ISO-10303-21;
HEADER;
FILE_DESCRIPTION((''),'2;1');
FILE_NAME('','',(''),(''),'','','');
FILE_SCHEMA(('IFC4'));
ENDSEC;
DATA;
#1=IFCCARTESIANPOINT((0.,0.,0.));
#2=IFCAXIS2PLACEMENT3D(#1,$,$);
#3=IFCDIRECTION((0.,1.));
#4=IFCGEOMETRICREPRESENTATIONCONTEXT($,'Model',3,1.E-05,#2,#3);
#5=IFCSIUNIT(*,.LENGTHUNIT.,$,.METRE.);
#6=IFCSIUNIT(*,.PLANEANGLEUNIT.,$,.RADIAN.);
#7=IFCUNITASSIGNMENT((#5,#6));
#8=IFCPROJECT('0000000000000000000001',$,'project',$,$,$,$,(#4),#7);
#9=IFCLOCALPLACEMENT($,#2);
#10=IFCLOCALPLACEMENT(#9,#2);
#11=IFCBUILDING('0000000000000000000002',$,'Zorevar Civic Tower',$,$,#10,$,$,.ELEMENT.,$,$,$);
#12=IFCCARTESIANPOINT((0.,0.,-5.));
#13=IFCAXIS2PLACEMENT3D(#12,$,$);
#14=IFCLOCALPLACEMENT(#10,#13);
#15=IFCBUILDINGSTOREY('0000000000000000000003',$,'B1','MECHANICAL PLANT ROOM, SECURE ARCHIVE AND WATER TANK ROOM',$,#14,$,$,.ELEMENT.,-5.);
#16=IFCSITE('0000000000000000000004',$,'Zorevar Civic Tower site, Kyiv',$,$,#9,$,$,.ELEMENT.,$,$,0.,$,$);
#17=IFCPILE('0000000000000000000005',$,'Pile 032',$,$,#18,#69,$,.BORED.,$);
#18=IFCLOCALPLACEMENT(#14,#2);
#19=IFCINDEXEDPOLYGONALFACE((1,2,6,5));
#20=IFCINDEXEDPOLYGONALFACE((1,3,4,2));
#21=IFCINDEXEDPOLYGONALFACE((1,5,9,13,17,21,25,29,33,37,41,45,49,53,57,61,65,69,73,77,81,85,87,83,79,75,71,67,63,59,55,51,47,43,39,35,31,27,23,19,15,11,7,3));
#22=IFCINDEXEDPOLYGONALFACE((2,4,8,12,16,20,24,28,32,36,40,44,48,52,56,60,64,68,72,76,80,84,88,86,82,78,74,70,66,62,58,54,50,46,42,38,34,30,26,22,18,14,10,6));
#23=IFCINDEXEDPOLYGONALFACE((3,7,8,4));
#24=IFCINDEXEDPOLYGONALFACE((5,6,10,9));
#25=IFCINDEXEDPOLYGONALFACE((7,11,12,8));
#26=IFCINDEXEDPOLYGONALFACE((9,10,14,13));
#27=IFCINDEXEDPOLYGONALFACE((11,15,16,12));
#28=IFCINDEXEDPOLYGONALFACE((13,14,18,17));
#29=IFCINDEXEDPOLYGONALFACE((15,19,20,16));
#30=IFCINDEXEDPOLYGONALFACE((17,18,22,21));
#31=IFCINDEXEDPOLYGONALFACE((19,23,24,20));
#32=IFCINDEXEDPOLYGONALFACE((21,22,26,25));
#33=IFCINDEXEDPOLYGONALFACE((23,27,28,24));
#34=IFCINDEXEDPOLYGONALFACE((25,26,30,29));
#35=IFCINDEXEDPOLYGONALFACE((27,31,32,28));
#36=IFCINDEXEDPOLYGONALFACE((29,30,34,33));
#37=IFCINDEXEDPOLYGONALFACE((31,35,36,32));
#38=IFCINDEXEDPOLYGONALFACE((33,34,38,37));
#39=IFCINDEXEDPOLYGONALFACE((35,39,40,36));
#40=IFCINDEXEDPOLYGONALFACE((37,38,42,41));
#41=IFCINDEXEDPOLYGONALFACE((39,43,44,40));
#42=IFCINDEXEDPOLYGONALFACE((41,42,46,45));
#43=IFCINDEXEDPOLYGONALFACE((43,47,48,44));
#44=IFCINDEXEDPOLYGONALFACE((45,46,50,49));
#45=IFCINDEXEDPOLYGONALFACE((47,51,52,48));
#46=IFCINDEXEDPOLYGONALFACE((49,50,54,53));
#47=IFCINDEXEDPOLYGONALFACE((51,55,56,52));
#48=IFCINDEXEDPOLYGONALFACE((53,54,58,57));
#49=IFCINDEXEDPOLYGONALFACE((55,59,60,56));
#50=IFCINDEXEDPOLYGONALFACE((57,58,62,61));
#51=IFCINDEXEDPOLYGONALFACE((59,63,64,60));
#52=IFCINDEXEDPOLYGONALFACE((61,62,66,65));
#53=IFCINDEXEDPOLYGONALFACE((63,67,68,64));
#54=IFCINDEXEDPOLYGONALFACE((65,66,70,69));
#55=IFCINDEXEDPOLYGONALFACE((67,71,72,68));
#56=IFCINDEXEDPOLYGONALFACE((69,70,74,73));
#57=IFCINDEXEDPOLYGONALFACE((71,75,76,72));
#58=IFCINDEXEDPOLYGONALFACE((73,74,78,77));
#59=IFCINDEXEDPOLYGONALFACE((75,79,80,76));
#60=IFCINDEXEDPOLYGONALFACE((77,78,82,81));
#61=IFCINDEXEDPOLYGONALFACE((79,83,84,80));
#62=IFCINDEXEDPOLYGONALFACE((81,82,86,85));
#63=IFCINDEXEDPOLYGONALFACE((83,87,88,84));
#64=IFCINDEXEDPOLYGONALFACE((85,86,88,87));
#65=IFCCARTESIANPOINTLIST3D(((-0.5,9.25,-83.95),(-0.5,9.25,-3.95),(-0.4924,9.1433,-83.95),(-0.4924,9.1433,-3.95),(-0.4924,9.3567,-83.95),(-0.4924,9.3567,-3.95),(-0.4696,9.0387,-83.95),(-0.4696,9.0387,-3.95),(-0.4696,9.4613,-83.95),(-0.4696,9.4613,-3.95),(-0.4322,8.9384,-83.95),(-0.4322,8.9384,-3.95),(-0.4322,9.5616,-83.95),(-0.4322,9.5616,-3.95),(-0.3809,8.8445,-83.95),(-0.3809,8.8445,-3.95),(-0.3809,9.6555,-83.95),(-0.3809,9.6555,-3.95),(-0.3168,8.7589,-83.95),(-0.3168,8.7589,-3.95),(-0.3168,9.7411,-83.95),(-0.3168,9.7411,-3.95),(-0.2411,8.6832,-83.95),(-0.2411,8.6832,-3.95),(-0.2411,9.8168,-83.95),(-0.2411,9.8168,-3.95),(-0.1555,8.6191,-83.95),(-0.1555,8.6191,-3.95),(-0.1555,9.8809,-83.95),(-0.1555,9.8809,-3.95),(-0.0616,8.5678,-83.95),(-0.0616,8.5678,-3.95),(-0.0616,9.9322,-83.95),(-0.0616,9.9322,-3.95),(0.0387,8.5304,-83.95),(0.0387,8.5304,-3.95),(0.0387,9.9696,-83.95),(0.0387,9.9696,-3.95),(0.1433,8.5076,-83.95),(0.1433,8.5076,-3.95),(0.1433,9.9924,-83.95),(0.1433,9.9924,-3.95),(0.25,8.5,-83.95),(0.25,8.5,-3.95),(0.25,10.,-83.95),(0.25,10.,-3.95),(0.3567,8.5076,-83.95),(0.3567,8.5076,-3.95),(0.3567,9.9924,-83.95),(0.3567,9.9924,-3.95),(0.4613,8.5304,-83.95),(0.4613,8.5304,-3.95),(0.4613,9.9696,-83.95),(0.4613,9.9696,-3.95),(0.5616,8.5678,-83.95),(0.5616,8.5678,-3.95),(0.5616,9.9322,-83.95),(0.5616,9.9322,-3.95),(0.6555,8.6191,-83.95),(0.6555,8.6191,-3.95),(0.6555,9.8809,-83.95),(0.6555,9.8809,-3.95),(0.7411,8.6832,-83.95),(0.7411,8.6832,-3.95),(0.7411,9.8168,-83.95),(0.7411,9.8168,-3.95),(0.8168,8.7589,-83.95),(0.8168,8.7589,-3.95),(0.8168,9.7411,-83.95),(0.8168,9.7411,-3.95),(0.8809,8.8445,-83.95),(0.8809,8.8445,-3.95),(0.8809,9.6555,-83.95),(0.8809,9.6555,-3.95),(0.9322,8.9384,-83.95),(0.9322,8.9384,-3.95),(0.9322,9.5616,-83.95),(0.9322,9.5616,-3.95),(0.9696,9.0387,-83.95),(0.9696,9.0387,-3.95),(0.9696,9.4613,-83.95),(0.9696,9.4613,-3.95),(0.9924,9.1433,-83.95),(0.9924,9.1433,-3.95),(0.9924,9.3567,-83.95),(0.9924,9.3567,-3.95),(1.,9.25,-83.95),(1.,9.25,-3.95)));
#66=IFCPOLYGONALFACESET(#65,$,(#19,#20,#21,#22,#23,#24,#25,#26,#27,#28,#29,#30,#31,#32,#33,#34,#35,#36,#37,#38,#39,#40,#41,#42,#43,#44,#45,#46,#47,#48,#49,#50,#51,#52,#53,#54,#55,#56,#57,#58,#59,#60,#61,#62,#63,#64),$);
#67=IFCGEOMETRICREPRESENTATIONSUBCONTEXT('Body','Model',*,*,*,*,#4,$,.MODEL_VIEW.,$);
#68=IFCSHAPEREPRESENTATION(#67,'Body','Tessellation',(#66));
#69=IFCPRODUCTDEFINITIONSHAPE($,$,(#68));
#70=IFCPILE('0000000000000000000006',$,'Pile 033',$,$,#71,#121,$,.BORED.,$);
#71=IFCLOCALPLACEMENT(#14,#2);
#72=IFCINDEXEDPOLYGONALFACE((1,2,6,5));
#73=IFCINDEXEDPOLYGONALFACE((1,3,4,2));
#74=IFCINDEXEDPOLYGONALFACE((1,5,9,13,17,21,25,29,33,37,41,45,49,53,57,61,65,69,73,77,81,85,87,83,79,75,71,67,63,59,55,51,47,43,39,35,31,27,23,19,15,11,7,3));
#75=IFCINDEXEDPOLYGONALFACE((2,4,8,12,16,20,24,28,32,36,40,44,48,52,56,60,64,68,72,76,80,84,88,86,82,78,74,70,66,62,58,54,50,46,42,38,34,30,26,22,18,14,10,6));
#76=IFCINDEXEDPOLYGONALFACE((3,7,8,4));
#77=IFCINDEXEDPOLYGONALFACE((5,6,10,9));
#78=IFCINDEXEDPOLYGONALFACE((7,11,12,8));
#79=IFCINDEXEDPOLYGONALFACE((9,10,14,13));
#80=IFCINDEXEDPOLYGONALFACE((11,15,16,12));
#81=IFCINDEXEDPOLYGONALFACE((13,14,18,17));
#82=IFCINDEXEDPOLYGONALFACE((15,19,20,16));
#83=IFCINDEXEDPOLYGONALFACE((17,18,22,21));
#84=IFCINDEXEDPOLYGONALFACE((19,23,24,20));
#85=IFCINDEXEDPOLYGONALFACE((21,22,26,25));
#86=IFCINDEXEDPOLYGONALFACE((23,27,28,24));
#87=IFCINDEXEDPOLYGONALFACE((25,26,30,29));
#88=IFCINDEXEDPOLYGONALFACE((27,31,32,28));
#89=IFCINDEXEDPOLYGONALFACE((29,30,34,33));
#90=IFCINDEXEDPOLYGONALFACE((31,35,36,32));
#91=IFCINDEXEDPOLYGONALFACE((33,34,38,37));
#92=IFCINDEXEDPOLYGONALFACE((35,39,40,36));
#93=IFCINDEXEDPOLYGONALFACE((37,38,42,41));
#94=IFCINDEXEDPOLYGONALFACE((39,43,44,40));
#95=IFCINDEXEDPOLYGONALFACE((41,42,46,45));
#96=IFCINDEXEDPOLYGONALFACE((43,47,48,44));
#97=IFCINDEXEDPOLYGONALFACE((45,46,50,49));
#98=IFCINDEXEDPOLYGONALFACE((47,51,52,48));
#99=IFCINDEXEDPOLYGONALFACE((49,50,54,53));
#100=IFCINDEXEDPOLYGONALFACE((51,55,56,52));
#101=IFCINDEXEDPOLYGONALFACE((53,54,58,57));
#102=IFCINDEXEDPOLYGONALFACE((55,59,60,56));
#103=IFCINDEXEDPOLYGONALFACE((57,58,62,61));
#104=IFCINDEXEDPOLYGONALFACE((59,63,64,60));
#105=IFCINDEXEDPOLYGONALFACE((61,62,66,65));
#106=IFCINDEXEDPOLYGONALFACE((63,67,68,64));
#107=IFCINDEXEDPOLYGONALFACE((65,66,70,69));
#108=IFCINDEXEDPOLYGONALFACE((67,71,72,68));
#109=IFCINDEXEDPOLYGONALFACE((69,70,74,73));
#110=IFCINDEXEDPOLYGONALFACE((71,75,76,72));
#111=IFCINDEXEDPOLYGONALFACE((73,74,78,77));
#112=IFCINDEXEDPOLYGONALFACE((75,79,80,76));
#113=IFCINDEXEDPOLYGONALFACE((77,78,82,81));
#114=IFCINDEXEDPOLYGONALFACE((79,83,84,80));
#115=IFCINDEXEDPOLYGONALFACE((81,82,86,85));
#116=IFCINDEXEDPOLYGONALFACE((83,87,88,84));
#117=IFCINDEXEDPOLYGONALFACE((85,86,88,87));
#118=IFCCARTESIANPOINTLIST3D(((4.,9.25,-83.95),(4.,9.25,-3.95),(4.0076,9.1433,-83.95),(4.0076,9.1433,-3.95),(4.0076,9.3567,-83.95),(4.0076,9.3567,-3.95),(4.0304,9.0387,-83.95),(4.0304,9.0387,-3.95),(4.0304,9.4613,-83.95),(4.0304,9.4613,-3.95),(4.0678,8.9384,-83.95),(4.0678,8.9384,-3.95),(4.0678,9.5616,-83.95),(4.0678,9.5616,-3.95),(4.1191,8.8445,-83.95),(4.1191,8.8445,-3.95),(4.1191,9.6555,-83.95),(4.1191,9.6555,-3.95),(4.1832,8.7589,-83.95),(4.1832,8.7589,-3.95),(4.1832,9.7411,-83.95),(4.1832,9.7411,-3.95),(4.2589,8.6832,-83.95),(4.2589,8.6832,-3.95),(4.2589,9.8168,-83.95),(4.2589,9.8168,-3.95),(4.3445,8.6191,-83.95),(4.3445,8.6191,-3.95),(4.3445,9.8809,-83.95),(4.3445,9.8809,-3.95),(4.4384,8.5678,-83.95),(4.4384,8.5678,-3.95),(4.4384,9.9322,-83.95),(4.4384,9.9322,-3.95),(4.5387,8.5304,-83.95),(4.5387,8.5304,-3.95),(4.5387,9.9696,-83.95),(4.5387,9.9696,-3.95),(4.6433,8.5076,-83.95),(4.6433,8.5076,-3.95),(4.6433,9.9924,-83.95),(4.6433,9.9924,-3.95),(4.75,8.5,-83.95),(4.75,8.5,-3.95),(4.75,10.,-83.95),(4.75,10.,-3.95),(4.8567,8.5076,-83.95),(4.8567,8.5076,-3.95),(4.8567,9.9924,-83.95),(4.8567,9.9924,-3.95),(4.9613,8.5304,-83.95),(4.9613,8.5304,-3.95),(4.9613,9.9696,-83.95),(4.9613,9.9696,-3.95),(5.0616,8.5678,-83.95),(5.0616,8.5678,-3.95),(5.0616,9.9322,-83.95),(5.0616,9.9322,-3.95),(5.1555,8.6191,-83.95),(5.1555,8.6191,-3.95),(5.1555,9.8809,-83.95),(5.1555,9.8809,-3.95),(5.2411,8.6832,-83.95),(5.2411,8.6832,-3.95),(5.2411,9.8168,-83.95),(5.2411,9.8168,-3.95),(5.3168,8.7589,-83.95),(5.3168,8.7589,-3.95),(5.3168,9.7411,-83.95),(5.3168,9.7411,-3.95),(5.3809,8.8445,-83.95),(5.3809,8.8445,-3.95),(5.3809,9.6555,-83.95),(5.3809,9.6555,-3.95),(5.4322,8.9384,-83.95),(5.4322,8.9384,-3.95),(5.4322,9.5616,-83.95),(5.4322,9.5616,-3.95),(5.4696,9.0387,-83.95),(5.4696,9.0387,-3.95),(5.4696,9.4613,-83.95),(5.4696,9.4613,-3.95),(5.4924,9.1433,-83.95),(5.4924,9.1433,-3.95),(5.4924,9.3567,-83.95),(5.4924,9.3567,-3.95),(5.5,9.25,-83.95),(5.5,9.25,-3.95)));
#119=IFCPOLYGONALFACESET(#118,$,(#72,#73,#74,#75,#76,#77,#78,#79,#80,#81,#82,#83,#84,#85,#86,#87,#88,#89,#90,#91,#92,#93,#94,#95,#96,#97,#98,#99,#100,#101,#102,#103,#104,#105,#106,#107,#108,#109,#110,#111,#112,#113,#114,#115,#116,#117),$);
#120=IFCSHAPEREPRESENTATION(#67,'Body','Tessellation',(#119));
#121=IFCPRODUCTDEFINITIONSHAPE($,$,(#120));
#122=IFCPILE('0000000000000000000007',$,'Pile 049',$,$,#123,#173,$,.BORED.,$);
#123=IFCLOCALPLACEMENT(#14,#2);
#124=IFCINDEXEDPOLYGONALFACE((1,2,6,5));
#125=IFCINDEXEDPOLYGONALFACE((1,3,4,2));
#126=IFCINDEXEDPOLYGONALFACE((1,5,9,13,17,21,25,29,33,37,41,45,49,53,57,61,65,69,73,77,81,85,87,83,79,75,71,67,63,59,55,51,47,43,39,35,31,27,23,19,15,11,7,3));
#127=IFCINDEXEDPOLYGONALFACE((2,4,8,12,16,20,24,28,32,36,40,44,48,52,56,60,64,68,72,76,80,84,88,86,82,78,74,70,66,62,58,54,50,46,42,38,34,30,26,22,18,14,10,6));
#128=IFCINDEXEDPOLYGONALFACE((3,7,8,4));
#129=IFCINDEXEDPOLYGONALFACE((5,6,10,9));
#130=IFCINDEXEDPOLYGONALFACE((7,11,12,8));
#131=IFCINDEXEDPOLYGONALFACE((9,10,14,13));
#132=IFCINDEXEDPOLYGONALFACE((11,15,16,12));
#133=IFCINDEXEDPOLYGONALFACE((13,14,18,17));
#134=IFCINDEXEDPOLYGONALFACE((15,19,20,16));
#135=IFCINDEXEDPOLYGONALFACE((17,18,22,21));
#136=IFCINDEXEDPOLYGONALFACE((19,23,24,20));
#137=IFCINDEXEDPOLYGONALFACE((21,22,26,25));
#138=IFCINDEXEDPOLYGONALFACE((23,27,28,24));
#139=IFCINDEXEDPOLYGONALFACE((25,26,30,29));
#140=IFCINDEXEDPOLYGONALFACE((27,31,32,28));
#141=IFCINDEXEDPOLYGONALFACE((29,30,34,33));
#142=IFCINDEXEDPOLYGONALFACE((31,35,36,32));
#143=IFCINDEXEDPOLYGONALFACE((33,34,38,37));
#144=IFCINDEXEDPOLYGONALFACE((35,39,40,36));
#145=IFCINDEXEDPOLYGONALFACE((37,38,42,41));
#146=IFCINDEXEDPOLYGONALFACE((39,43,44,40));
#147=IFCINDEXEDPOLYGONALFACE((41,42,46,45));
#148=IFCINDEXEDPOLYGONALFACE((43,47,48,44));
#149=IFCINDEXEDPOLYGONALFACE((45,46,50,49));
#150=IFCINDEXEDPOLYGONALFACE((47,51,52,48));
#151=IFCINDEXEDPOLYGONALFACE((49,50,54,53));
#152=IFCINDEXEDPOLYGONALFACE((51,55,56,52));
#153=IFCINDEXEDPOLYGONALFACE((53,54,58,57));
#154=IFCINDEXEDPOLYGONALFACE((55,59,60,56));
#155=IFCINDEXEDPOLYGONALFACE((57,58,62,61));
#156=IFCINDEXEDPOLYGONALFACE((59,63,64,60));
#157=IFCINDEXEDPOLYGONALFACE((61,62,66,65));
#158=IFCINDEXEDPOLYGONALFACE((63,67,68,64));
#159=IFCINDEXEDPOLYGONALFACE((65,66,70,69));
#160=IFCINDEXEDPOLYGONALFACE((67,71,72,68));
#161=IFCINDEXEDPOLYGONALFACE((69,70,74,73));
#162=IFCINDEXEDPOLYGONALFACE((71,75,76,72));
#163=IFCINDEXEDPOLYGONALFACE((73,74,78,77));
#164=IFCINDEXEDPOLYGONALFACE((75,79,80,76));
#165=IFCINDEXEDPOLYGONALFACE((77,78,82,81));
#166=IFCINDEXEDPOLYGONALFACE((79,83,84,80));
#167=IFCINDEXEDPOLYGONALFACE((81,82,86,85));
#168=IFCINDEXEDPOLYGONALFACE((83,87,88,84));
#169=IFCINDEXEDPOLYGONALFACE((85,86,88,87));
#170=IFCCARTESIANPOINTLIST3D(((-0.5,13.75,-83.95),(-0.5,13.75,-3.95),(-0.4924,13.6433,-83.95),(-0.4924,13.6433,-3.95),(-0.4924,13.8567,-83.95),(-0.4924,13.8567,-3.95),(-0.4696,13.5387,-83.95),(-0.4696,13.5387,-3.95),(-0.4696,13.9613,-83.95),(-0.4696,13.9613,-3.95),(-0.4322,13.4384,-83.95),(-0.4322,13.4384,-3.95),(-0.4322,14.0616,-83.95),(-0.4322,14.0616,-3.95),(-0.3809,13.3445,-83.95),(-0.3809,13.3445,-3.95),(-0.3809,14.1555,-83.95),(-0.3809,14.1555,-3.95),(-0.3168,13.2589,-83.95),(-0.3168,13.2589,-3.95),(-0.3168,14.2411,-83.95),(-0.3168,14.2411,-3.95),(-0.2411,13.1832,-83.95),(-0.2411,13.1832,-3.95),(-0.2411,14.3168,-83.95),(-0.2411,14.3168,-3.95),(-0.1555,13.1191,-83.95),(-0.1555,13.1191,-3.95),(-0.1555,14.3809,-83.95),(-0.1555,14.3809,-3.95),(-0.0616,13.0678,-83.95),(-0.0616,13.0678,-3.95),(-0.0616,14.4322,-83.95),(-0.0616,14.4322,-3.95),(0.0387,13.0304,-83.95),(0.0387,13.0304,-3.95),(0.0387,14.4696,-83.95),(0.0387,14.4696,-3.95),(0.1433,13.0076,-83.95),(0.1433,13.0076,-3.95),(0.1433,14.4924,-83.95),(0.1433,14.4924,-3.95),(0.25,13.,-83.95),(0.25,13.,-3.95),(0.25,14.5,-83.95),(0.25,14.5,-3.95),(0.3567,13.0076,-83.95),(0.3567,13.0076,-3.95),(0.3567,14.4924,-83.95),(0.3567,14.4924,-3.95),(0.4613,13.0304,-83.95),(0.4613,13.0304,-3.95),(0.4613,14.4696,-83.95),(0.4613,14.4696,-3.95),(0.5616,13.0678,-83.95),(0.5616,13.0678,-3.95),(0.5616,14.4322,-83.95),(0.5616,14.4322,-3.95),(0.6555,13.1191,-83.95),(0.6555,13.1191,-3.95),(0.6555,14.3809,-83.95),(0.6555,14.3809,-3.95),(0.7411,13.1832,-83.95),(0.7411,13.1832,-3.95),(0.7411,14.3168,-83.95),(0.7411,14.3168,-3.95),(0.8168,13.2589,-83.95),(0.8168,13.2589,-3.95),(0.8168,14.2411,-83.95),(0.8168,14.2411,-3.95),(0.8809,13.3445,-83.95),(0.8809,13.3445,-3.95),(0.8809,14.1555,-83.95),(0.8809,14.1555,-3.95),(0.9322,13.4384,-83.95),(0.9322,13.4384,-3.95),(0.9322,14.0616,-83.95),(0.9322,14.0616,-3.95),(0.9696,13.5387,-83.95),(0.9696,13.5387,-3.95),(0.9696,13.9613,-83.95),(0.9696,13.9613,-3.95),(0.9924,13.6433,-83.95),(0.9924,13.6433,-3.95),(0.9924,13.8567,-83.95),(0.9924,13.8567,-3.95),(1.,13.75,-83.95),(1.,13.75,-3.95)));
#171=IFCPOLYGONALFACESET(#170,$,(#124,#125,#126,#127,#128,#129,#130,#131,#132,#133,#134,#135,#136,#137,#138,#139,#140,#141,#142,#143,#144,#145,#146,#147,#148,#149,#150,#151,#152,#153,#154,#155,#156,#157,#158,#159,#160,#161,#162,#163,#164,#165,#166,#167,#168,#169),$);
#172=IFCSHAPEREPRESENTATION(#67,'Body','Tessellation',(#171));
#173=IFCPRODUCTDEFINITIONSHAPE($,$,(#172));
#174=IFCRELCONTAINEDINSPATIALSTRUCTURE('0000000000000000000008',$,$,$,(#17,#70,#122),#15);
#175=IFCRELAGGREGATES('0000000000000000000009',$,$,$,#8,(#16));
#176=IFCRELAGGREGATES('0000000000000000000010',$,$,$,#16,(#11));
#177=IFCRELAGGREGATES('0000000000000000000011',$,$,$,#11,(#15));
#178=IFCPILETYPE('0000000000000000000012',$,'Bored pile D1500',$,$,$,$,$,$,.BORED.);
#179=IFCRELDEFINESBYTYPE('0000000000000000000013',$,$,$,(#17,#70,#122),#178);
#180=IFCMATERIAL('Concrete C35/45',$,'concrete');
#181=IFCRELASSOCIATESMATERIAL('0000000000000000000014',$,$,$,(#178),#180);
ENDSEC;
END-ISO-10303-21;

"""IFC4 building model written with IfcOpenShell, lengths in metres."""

from ifc_helpers import new_model, si_unit, direction, frame, origin, origin_2d, place, context, subcontext, project, spatial, circle, extrude, material, type_object, element, save


model = new_model("IFC4")

# Units and contexts
model_context = context("Model", 3, precision=1e-05, world=origin(), true_north=direction((0.0, 1.0)))
body_context = subcontext(model_context, "Body", "Model", "MODEL_VIEW")
ifc_project = project(units=[si_unit("LENGTHUNIT", "METRE"), si_unit("PLANEANGLEUNIT", "RADIAN")], contexts=[model_context])

# Site, building, storey
site_placement = place(None, origin())
site = spatial("IfcSite", under=ifc_project, at=site_placement, Name="Zorevar Civic Tower site, Kyiv", CompositionType="ELEMENT", RefElevation=0.0)
building_placement = place(site_placement, origin())
building = spatial("IfcBuilding", under=site, at=building_placement, Name="Zorevar Civic Tower", CompositionType="ELEMENT")
storey_placement = place(building_placement, frame((0.0, 0.0, -5.0)))
storey = spatial("IfcBuildingStorey", under=building, at=storey_placement, Name="B1", Description="MECHANICAL PLANT ROOM, SECURE ARCHIVE AND WATER TANK ROOM", CompositionType="ELEMENT", Elevation=-5.0)

# Piles
ifc_material_1 = material(Name="Concrete C35/45", Category="concrete")
pile_type_1 = type_object("IfcPileType", Name="Bored pile D1500", PredefinedType="BORED", material=ifc_material_1)
for number, where, z_axis, x_axis, name in (
    (1, (0.25, 9.25, -3.95), (0.0, 0.0, -1.0), (1.0, 0.0, 0.0), "Pile 032"),
    (2, (4.75, 9.25, -3.95), (0.0, 0.0, -1.0), (1.0, 0.0, 0.0), "Pile 033"),
    (3, (0.25, 13.75, -3.95), (0.0, 0.0, -1.0), (1.0, 0.0, 0.0), "Pile 049"),
):
    element("IfcPile", number, at=place(storey_placement, frame(where, z_axis=z_axis, x_axis=x_axis)), inside=storey, type_object=pile_type_1, Name=name, PredefinedType="BORED", context=body_context, shape_type="SweptSolid", body=[
        extrude(circle(Radius=0.75, at=origin_2d()), origin(), (0.0, 0.0, 1.0), 80.0),
    ])

save(model, "model.ifc")
